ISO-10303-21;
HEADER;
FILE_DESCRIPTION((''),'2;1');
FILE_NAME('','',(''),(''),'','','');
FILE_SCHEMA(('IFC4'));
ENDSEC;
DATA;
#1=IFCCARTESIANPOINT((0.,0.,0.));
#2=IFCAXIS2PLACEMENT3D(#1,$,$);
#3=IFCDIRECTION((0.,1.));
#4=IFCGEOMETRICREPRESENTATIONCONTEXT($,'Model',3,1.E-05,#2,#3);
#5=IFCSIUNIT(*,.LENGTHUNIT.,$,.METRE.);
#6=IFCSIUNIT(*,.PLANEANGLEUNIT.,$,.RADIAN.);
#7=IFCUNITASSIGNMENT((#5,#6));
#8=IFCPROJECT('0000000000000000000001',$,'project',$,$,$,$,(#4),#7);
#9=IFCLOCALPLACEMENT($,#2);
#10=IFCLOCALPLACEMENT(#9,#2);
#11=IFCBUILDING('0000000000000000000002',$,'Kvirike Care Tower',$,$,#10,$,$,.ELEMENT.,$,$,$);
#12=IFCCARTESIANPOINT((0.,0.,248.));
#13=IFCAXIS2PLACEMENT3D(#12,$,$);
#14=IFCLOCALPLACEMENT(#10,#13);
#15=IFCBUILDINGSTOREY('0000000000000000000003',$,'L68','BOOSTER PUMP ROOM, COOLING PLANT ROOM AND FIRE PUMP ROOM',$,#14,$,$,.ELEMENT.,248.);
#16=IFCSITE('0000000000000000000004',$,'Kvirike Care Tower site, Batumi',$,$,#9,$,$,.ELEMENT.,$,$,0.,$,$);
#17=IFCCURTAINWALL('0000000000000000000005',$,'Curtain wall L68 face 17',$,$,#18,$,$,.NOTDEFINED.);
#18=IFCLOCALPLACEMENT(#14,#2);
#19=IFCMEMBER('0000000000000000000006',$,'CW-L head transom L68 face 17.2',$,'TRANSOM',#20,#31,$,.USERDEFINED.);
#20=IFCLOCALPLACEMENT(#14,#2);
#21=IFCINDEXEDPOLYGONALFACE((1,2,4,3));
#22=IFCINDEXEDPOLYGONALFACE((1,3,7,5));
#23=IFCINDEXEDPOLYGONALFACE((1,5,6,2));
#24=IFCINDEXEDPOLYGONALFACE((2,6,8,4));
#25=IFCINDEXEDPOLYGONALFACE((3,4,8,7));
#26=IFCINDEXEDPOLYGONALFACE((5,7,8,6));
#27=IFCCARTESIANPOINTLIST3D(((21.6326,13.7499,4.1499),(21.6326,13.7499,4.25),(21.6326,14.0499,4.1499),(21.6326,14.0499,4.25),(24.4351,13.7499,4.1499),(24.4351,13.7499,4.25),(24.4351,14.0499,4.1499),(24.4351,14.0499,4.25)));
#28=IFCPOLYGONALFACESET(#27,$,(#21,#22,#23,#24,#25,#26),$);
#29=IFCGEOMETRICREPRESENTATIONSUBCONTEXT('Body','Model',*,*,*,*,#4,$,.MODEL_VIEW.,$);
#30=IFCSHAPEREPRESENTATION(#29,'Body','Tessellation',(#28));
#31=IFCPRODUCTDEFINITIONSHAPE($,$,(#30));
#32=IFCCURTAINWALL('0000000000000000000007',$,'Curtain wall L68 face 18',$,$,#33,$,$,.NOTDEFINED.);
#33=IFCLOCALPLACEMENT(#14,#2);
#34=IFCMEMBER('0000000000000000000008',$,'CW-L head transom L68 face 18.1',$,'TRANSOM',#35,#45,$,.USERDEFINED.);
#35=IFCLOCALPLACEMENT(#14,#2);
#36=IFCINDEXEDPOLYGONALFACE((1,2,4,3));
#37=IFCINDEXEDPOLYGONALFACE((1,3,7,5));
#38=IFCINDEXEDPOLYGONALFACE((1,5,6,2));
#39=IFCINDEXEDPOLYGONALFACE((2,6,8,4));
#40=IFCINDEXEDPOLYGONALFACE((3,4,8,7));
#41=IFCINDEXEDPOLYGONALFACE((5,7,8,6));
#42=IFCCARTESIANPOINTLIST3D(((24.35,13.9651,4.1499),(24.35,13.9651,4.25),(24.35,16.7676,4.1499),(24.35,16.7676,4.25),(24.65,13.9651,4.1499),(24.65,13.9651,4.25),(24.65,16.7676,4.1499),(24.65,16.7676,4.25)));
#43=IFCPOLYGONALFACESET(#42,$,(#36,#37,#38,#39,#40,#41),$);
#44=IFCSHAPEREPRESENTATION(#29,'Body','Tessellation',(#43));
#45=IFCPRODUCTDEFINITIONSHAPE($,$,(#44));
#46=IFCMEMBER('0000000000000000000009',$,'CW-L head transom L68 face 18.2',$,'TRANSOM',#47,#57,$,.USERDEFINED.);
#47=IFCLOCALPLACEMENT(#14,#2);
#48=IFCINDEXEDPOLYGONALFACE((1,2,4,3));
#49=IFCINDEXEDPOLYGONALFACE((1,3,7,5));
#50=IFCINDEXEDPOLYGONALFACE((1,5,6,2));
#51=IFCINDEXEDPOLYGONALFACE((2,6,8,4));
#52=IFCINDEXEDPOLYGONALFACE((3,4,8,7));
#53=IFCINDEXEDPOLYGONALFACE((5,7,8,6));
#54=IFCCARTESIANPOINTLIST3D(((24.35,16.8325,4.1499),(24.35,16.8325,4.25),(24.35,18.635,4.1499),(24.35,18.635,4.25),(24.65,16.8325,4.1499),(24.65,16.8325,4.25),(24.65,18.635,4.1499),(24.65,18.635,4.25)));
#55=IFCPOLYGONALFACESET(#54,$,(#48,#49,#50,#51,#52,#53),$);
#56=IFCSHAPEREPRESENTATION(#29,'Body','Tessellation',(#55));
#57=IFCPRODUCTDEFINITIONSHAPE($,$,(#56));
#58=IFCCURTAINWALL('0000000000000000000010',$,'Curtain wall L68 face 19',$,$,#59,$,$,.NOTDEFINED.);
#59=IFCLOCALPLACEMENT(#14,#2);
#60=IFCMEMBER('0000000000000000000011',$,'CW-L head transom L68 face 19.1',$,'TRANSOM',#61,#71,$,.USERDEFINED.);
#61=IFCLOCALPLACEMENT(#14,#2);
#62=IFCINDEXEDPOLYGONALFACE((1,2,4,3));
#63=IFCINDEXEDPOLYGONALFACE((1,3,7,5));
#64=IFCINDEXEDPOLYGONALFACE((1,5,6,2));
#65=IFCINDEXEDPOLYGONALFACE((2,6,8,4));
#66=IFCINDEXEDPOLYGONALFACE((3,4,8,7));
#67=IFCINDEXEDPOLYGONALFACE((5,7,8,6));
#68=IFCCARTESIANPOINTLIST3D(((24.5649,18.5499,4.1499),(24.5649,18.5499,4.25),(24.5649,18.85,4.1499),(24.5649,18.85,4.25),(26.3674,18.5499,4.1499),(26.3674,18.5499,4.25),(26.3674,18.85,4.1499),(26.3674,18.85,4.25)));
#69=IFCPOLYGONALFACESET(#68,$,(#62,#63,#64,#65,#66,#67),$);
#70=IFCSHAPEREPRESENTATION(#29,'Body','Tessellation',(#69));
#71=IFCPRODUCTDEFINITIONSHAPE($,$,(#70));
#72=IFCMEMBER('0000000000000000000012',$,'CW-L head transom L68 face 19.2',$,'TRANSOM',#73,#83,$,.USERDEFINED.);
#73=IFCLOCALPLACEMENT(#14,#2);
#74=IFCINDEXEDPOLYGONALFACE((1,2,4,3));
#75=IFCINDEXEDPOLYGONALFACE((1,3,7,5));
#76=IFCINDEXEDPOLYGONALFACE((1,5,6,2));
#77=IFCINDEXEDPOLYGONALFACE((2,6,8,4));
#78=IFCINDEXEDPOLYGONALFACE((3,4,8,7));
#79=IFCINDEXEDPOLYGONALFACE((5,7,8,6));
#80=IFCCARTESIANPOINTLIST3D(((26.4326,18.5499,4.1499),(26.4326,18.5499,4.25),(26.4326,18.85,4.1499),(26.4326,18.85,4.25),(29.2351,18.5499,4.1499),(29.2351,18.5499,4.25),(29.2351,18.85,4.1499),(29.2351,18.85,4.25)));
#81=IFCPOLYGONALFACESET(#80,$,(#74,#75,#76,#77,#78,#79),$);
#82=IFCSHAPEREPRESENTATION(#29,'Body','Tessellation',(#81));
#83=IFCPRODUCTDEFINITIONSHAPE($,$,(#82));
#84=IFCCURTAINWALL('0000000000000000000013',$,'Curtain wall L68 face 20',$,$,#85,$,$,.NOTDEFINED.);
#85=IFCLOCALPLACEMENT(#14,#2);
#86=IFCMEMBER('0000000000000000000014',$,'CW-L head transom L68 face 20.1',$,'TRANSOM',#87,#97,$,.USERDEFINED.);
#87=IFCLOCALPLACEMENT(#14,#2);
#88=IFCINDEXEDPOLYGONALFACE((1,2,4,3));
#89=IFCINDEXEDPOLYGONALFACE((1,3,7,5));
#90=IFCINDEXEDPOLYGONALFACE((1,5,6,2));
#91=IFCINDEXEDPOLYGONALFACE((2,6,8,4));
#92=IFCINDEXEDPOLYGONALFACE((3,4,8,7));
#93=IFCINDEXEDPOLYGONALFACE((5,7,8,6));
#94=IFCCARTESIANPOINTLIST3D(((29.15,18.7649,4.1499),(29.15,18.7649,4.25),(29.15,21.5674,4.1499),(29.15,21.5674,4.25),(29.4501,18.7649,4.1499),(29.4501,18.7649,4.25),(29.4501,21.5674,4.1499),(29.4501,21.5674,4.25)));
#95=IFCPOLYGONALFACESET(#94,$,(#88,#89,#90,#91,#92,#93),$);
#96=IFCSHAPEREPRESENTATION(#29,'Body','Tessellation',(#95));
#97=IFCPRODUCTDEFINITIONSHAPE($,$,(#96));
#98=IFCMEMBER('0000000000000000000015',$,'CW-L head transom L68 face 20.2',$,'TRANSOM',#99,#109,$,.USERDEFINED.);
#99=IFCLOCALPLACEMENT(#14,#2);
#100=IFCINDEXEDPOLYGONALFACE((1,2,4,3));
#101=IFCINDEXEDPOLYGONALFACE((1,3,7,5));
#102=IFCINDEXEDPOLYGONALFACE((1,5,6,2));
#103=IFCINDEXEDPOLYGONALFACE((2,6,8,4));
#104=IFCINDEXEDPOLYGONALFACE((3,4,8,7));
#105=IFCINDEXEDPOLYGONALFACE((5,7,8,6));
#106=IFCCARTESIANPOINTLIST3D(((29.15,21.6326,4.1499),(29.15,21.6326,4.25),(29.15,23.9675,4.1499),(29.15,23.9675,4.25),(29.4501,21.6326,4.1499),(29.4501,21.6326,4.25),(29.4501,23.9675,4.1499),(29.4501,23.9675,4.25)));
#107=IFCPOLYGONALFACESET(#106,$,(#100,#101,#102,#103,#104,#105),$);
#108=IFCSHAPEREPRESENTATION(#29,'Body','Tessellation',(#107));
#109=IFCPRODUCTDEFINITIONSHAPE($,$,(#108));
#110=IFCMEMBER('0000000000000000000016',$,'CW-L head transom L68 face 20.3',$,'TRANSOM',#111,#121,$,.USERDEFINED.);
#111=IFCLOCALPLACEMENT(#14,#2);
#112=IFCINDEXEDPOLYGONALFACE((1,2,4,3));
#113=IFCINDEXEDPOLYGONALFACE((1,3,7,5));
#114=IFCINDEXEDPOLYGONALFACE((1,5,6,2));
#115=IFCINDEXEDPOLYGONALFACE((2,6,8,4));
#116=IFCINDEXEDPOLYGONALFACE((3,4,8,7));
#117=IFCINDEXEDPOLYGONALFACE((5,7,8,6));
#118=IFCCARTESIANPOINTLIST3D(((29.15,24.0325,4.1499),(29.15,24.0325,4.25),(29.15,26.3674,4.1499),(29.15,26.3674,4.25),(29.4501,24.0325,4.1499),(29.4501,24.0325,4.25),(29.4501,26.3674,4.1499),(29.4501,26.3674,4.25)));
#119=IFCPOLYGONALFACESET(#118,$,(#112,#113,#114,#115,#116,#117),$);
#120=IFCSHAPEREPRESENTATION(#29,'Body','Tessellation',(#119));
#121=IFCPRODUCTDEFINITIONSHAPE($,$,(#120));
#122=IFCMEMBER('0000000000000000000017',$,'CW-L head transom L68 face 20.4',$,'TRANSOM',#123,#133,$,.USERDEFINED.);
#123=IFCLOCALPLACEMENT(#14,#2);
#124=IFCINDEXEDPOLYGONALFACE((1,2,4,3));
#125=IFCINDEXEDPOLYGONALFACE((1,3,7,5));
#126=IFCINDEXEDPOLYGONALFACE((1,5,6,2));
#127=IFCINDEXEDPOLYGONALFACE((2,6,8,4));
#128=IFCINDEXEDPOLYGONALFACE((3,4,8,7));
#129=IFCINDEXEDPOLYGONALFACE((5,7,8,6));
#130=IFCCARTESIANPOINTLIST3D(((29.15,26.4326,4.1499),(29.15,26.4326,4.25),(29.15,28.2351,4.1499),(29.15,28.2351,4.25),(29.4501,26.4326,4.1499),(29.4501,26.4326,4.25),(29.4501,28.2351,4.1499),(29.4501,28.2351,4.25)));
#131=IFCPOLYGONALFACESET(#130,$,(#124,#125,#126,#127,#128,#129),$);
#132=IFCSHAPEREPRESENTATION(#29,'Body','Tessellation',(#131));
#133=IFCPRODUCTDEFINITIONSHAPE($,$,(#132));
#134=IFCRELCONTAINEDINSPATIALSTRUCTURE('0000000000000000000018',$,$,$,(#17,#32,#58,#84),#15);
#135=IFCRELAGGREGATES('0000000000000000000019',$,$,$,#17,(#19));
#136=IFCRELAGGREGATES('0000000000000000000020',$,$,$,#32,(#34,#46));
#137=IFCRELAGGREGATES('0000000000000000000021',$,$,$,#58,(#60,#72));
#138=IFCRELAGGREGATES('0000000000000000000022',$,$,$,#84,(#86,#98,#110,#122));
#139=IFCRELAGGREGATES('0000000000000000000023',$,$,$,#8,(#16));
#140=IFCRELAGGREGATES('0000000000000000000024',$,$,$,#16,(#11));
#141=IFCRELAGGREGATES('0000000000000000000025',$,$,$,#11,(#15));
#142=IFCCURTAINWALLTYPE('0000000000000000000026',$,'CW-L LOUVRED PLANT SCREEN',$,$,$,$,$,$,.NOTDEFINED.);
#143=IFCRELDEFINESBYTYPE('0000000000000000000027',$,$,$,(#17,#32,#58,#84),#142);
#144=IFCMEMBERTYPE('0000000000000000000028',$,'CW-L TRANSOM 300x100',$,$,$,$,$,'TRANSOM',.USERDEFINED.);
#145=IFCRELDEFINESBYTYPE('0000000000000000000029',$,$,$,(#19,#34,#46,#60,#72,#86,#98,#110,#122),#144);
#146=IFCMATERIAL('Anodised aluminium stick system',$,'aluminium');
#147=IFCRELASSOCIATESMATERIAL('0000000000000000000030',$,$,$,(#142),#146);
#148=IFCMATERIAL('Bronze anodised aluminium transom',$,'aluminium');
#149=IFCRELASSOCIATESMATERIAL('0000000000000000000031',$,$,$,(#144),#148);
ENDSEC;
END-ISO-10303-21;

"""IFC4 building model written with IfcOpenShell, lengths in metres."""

from ifc_helpers import new_model, si_unit, direction, frame, origin, origin_2d, place, context, subcontext, project, spatial, rectangle, extrude, material, material_profile, profile_set, type_object, element, aggregate, save


model = new_model("IFC4")

# Units and contexts
model_context = context("Model", 3, precision=1e-05, world=origin(), true_north=direction((0.0, 1.0)))
body_context = subcontext(model_context, "Body", "Model", "MODEL_VIEW")
ifc_project = project(units=[si_unit("LENGTHUNIT", "METRE"), si_unit("PLANEANGLEUNIT", "RADIAN")], contexts=[model_context])

# Site, building, storey
site_placement = place(None, origin())
site = spatial("IfcSite", under=ifc_project, at=site_placement, Name="Kvirike Care Tower site, Batumi", CompositionType="ELEMENT", RefElevation=0.0)
building_placement = place(site_placement, origin())
building = spatial("IfcBuilding", under=site, at=building_placement, Name="Kvirike Care Tower", CompositionType="ELEMENT")
storey_placement = place(building_placement, frame((0.0, 0.0, 248.0)))
storey = spatial("IfcBuildingStorey", under=building, at=storey_placement, Name="L68", Description="BOOSTER PUMP ROOM, COOLING PLANT ROOM AND FIRE PUMP ROOM", CompositionType="ELEMENT", Elevation=248.0)

# Curtain walls, members
ifc_material_1 = material(Name="Anodised aluminium stick system", Category="aluminium")
curtain_wall_type = type_object("IfcCurtainWallType", Name="CW-L LOUVRED PLANT SCREEN", PredefinedType="NOTDEFINED", material=ifc_material_1)
ifc_material_2 = material(Name="Bronze anodised aluminium transom", Category="aluminium")
ifc_material_profile_1 = material_profile(ifc_material_2, rectangle(XDim=0.3, YDim=0.1001, at=origin_2d()), Name="CW-L TRANSOM 300x100")
ifc_profile_set_1 = profile_set([ifc_material_profile_1], Name="Bronze anodised aluminium transom")
member_type_1 = type_object("IfcMemberType", Name="CW-L TRANSOM 300x100", ElementType="TRANSOM", PredefinedType="USERDEFINED", material=ifc_profile_set_1)
curtain_wall_1_placement = place(storey_placement, origin())
curtain_wall_1 = element("IfcCurtainWall", 1, at=curtain_wall_1_placement, inside=storey, type_object=curtain_wall_type, Name="Curtain wall L68 face 17", PredefinedType="NOTDEFINED")
member_1_placement = place(storey_placement, frame((21.6326, 13.8999, 4.2), z_axis=(1.0, 0.0, 0.0), x_axis=(0.0, 1.0, 0.0)))
member_1 = element("IfcMember", 2, at=member_1_placement, type_object=member_type_1, Name="CW-L head transom L68 face 17.2", ObjectType="TRANSOM", PredefinedType="USERDEFINED", context=body_context, shape_type="SweptSolid", body=[
    extrude(rectangle(XDim=0.3, YDim=0.1001, at=origin_2d()), origin(), (0.0, 0.0, 1.0), 2.8025),
])
aggregate(curtain_wall_1, [member_1])
curtain_wall_2_placement = place(storey_placement, origin())
curtain_wall_2 = element("IfcCurtainWall", 3, at=curtain_wall_2_placement, inside=storey, type_object=curtain_wall_type, Name="Curtain wall L68 face 18", PredefinedType="NOTDEFINED")
member_2_placement = place(storey_placement, frame((24.5, 13.9651, 4.2), z_axis=(0.0, 1.0, 0.0), x_axis=(-1.0, 0.0, 0.0)))
member_2 = element("IfcMember", 4, at=member_2_placement, type_object=member_type_1, Name="CW-L head transom L68 face 18.1", ObjectType="TRANSOM", PredefinedType="USERDEFINED", context=body_context, shape_type="SweptSolid", body=[
    extrude(rectangle(XDim=0.3, YDim=0.1001, at=origin_2d()), origin(), (0.0, 0.0, 1.0), 2.8025),
])
member_3_placement = place(storey_placement, frame((24.5, 16.8325, 4.2), z_axis=(0.0, 1.0, 0.0), x_axis=(-1.0, 0.0, 0.0)))
member_3 = element("IfcMember", 5, at=member_3_placement, type_object=member_type_1, Name="CW-L head transom L68 face 18.2", ObjectType="TRANSOM", PredefinedType="USERDEFINED", context=body_context, shape_type="SweptSolid", body=[
    extrude(rectangle(XDim=0.3, YDim=0.1001, at=origin_2d()), origin(), (0.0, 0.0, 1.0), 1.8025),
])
aggregate(curtain_wall_2, [member_2, member_3])
curtain_wall_3_placement = place(storey_placement, origin())
curtain_wall_3 = element("IfcCurtainWall", 6, at=curtain_wall_3_placement, inside=storey, type_object=curtain_wall_type, Name="Curtain wall L68 face 19", PredefinedType="NOTDEFINED")
member_4_placement = place(storey_placement, frame((24.5649, 18.7, 4.2), z_axis=(1.0, 0.0, 0.0), x_axis=(0.0, 1.0, 0.0)))
member_4 = element("IfcMember", 7, at=member_4_placement, type_object=member_type_1, Name="CW-L head transom L68 face 19.1", ObjectType="TRANSOM", PredefinedType="USERDEFINED", context=body_context, shape_type="SweptSolid", body=[
    extrude(rectangle(XDim=0.3, YDim=0.1001, at=origin_2d()), origin(), (0.0, 0.0, 1.0), 1.8025),
])
member_5_placement = place(storey_placement, frame((26.4326, 18.7, 4.2), z_axis=(1.0, 0.0, 0.0), x_axis=(0.0, 1.0, 0.0)))
member_5 = element("IfcMember", 8, at=member_5_placement, type_object=member_type_1, Name="CW-L head transom L68 face 19.2", ObjectType="TRANSOM", PredefinedType="USERDEFINED", context=body_context, shape_type="SweptSolid", body=[
    extrude(rectangle(XDim=0.3, YDim=0.1001, at=origin_2d()), origin(), (0.0, 0.0, 1.0), 2.8025),
])
aggregate(curtain_wall_3, [member_4, member_5])
curtain_wall_4_placement = place(storey_placement, origin())
curtain_wall_4 = element("IfcCurtainWall", 9, at=curtain_wall_4_placement, inside=storey, type_object=curtain_wall_type, Name="Curtain wall L68 face 20", PredefinedType="NOTDEFINED")
member_6_placement = place(storey_placement, frame((29.3, 18.7649, 4.2), z_axis=(0.0, 1.0, 0.0), x_axis=(-1.0, 0.0, 0.0)))
member_6 = element("IfcMember", 10, at=member_6_placement, type_object=member_type_1, Name="CW-L head transom L68 face 20.1", ObjectType="TRANSOM", PredefinedType="USERDEFINED", context=body_context, shape_type="SweptSolid", body=[
    extrude(rectangle(XDim=0.3, YDim=0.1001, at=origin_2d()), origin(), (0.0, 0.0, 1.0), 2.8025),
])
member_7_placement = place(storey_placement, frame((29.3, 21.6326, 4.2), z_axis=(0.0, 1.0, 0.0), x_axis=(-1.0, 0.0, 0.0)))
member_7 = element("IfcMember", 11, at=member_7_placement, type_object=member_type_1, Name="CW-L head transom L68 face 20.2", ObjectType="TRANSOM", PredefinedType="USERDEFINED", context=body_context, shape_type="SweptSolid", body=[
    extrude(rectangle(XDim=0.3, YDim=0.1001, at=origin_2d()), origin(), (0.0, 0.0, 1.0), 2.335),
])
member_8_placement = place(storey_placement, frame((29.3, 24.0325, 4.2), z_axis=(0.0, 1.0, 0.0), x_axis=(-1.0, 0.0, 0.0)))
member_8 = element("IfcMember", 12, at=member_8_placement, type_object=member_type_1, Name="CW-L head transom L68 face 20.3", ObjectType="TRANSOM", PredefinedType="USERDEFINED", context=body_context, shape_type="SweptSolid", body=[
    extrude(rectangle(XDim=0.3, YDim=0.1001, at=origin_2d()), origin(), (0.0, 0.0, 1.0), 2.335),
])
member_9_placement = place(storey_placement, frame((29.3, 26.4326, 4.2), z_axis=(0.0, 1.0, 0.0), x_axis=(-1.0, 0.0, 0.0)))
member_9 = element("IfcMember", 13, at=member_9_placement, type_object=member_type_1, Name="CW-L head transom L68 face 20.4", ObjectType="TRANSOM", PredefinedType="USERDEFINED", context=body_context, shape_type="SweptSolid", body=[
    extrude(rectangle(XDim=0.3, YDim=0.1001, at=origin_2d()), origin(), (0.0, 0.0, 1.0), 1.8025),
])
aggregate(curtain_wall_4, [member_6, member_7, member_8, member_9])

save(model, "model.ifc")
